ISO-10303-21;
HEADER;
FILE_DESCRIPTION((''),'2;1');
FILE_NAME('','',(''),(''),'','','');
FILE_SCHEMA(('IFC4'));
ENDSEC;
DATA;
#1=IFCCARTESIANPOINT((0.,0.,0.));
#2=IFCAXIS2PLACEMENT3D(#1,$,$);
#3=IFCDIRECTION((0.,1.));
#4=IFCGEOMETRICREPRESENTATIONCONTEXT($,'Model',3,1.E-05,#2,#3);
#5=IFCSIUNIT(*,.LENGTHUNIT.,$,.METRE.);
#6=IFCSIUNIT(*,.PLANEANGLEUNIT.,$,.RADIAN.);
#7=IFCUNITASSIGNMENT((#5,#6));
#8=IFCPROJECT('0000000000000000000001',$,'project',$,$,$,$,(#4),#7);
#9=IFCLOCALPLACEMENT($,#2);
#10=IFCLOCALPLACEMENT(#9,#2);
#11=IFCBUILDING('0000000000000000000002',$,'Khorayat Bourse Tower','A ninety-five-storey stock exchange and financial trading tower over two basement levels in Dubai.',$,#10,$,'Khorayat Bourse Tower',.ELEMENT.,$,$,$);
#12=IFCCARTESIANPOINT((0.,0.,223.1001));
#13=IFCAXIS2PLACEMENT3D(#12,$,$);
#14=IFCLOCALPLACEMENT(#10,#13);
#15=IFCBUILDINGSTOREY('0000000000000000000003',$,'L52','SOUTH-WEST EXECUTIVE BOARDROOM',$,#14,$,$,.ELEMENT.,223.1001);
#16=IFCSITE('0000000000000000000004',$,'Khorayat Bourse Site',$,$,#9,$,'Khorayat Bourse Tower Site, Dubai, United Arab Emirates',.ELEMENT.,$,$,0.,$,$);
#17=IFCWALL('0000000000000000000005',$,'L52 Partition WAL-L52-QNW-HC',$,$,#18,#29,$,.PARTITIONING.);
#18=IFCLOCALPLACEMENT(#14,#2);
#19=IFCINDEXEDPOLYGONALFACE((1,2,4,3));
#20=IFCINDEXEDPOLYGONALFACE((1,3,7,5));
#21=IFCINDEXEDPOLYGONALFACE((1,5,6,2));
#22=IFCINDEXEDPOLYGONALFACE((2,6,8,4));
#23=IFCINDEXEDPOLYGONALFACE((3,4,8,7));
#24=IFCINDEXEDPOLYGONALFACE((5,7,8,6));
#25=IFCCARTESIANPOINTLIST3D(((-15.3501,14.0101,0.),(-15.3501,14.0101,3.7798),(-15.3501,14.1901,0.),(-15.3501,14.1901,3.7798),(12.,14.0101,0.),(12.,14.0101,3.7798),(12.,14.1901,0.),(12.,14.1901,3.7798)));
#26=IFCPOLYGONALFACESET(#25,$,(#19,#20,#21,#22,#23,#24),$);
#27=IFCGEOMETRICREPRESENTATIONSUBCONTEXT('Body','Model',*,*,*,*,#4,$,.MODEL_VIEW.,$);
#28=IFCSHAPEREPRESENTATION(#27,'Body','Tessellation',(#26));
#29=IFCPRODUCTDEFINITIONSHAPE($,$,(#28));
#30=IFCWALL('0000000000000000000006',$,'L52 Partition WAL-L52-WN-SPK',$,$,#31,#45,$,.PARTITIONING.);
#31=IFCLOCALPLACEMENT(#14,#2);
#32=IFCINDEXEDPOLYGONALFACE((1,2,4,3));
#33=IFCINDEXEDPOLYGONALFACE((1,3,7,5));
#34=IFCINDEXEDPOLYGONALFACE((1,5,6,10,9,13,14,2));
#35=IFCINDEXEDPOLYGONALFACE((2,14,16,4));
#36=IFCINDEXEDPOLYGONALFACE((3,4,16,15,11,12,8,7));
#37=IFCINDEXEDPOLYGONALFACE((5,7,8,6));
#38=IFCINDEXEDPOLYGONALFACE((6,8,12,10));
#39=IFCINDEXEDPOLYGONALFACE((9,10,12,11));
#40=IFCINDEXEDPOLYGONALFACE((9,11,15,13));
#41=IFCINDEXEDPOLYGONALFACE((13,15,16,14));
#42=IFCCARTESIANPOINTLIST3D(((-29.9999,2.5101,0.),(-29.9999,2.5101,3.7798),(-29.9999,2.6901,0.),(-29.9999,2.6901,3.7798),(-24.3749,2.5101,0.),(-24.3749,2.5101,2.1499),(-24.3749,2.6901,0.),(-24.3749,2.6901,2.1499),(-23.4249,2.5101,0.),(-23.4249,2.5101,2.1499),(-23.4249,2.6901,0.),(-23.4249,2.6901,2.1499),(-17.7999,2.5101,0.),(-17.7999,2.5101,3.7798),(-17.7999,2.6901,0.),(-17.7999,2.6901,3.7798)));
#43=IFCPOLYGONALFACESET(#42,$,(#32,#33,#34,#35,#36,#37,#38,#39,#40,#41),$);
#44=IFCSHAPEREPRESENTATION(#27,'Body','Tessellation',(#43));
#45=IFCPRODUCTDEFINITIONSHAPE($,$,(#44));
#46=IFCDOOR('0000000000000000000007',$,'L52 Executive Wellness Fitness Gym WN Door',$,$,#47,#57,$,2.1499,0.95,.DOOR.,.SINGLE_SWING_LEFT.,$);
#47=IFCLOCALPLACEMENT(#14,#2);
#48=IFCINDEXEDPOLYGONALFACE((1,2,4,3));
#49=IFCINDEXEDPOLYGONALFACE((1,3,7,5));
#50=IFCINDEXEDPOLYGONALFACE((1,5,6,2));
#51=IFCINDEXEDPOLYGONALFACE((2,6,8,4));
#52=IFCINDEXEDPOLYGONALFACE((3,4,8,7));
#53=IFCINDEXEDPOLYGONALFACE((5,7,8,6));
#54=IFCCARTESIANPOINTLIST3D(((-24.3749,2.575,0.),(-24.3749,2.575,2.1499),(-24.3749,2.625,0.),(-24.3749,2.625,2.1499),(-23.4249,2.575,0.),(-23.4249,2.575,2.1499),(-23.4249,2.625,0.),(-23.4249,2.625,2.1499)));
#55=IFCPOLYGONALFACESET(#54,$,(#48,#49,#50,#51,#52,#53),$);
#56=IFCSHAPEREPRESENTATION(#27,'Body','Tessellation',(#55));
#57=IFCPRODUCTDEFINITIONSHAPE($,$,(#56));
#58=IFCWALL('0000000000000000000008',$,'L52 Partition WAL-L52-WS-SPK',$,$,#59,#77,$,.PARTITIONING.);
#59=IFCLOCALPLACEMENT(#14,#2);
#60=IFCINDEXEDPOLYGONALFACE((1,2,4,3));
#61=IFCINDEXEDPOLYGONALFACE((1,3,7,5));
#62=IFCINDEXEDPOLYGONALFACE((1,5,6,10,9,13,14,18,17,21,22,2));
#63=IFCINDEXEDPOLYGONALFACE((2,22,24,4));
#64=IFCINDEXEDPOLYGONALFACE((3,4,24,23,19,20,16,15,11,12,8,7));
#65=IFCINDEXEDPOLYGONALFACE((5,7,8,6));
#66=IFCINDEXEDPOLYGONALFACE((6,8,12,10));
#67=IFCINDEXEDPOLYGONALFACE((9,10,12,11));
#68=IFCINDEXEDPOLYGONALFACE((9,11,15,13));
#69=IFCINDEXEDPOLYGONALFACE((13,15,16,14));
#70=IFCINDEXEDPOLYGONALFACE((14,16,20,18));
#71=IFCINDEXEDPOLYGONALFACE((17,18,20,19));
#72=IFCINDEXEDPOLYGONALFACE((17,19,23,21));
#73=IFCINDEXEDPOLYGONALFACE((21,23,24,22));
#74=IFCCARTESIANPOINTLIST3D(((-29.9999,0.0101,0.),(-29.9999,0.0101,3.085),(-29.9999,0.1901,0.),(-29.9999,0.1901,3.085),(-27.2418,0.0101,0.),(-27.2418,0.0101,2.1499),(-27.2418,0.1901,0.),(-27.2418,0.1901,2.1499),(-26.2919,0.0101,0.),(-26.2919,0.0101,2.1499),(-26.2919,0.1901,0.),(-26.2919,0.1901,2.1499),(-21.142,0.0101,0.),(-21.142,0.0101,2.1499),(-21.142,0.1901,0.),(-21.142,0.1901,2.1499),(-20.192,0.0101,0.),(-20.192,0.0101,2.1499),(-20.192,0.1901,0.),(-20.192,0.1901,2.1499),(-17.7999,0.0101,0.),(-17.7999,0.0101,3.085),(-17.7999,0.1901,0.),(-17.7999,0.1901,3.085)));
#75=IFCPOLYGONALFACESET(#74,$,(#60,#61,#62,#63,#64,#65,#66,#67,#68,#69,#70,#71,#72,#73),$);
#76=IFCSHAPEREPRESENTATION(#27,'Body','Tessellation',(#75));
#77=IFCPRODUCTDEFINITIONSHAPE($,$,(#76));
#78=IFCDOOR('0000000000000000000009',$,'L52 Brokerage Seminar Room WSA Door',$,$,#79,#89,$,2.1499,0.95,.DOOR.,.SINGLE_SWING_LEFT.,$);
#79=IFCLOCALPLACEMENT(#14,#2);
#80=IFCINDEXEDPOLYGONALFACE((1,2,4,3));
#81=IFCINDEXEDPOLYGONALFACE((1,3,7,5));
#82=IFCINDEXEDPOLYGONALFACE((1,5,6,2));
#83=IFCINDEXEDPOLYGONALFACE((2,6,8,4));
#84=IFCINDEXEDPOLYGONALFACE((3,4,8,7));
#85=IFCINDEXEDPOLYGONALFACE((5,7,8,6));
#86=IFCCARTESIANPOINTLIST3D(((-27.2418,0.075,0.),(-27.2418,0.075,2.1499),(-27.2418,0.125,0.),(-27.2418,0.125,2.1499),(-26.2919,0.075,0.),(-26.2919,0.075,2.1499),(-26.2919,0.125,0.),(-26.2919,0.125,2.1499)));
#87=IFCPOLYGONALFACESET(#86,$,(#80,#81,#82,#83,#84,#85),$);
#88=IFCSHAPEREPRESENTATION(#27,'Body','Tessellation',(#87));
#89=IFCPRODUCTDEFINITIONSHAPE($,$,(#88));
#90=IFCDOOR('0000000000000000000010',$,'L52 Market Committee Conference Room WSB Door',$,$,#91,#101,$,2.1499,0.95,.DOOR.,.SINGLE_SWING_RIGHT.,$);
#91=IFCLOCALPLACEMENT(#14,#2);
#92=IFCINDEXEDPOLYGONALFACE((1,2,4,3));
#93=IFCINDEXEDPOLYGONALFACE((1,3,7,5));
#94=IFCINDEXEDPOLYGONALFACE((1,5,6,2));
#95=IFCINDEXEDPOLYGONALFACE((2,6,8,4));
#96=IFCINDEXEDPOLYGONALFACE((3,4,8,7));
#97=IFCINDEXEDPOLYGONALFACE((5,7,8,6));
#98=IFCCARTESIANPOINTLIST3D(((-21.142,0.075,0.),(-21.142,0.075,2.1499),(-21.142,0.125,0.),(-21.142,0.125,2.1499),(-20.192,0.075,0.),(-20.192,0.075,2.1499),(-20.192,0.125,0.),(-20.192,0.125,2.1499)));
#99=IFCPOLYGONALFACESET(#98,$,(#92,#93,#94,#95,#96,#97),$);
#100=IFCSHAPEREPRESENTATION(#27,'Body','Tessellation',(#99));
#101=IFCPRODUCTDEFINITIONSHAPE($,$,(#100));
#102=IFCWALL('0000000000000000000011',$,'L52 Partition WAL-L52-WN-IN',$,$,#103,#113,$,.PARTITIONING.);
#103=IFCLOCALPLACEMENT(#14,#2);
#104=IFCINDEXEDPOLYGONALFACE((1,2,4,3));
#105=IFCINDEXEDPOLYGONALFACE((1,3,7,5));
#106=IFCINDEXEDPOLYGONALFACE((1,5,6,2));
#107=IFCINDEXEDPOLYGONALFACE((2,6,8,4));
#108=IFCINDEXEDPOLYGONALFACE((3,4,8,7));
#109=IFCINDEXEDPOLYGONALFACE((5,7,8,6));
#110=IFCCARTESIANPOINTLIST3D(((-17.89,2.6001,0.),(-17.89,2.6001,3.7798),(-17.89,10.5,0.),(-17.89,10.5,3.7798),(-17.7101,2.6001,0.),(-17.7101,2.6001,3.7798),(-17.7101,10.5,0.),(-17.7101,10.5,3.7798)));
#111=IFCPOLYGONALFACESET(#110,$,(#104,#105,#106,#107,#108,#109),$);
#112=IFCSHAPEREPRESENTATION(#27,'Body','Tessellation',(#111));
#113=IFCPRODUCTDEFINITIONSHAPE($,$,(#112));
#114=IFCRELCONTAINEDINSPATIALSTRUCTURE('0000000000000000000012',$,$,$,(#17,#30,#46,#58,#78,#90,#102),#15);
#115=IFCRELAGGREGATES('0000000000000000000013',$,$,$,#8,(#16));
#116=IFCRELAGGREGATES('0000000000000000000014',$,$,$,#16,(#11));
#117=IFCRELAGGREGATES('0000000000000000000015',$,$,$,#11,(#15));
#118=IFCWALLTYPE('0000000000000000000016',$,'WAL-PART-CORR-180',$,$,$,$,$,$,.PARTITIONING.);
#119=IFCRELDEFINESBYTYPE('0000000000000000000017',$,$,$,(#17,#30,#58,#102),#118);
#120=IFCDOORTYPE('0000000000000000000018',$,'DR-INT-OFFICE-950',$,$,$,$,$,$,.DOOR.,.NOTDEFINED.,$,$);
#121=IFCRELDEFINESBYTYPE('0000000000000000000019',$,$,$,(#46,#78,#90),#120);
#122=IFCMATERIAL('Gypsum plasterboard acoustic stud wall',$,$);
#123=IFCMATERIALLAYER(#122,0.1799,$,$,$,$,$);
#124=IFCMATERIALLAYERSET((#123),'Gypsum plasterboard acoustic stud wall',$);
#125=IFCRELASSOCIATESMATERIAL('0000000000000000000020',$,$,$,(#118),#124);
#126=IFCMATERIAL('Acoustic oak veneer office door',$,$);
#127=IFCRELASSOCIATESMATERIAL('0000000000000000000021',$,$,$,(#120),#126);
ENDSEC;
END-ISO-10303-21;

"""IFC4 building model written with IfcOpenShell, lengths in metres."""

from ifc_helpers import new_model, si_unit, direction, frame, frame_2d, origin, place, context, subcontext, project, spatial, rectangle, extrude, source, transform, mapped, material, layer, layer_set, type_object, element, fill, save


model = new_model("IFC4")

# Units and contexts
model_context = context("Model", 3, precision=1e-05, world=origin(), true_north=direction((0.0, 1.0)))
body_context = subcontext(model_context, "Body", "Model", "MODEL_VIEW")
ifc_project = project(units=[si_unit("LENGTHUNIT", "METRE"), si_unit("PLANEANGLEUNIT", "RADIAN")], contexts=[model_context])

# Site, building, storey
site_placement = place(None, origin())
site = spatial("IfcSite", under=ifc_project, at=site_placement, Name="Khorayat Bourse Site", LongName="Khorayat Bourse Tower Site, Dubai, United Arab Emirates", CompositionType="ELEMENT", RefElevation=0.0)
building_placement = place(site_placement, origin())
building = spatial("IfcBuilding", under=site, at=building_placement, Name="Khorayat Bourse Tower", Description="A ninety-five-storey stock exchange and financial trading tower over two basement levels in Dubai.", LongName="Khorayat Bourse Tower", CompositionType="ELEMENT")
storey_placement = place(building_placement, frame((0.0, 0.0, 223.1001)))
storey = spatial("IfcBuildingStorey", under=building, at=storey_placement, Name="L52", Description="SOUTH-WEST EXECUTIVE BOARDROOM", CompositionType="ELEMENT", Elevation=223.1001)

# Wall
ifc_material_1 = material(Name="Gypsum plasterboard acoustic stud wall")
ifc_layer_1 = layer(ifc_material_1, 0.1799)
ifc_layer_set_1 = layer_set([ifc_layer_1], Name="Gypsum plasterboard acoustic stud wall")
wall_type = type_object("IfcWallType", Name="WAL-PART-CORR-180", PredefinedType="PARTITIONING", material=ifc_layer_set_1)
shared_shape_1 = source(origin(), body_context, "Body", "SweptSolid", [
    extrude(rectangle(XDim=27.3501, YDim=0.1799, at=frame_2d((13.675, 0.0))), origin(), (0.0, 0.0, 1.0), 3.7798),
])
wall_1_placement = place(storey_placement, frame((-15.3501, 14.1001, 0.0), z_axis=(0.0, 0.0, 1.0), x_axis=(1.0, 0.0, 0.0)))
element("IfcWall", 1, at=wall_1_placement, inside=storey, type_object=wall_type, Name="L52 Partition WAL-L52-QNW-HC", PredefinedType="PARTITIONING", context=body_context, shape_type="MappedRepresentation", body=[
    mapped(shared_shape_1, transform((0.0, 0.0, 0.0), scale=1.0)),
])

# Wall, opening, door
shared_shape_2 = source(origin(), body_context, "Body", "SweptSolid", [
    extrude(rectangle(XDim=12.2, YDim=0.1799, at=frame_2d((6.1001, 0.0))), origin(), (0.0, 0.0, 1.0), 3.7798),
])
wall_2_placement = place(storey_placement, frame((-30.0, 2.6001, 0.0), z_axis=(0.0, 0.0, 1.0), x_axis=(1.0, 0.0, 0.0)))
wall_2 = element("IfcWall", 2, at=wall_2_placement, inside=storey, type_object=wall_type, Name="L52 Partition WAL-L52-WN-SPK", PredefinedType="PARTITIONING", context=body_context, shape_type="MappedRepresentation", body=[
    mapped(shared_shape_2, transform((0.0, 0.0, 0.0), scale=1.0)),
])
shared_shape_3 = source(origin(), body_context, "Body", "SweptSolid", [
    extrude(rectangle(XDim=0.95, YDim=2.1499, at=frame_2d((0.4751, 1.075))), frame((0.0, 0.0999, 0.0), z_axis=(0.0, -1.0, 0.0), x_axis=(1.0, 0.0, 0.0)), (0.0, 0.0, 1.0), 0.2),
])
opening_1_placement = place(wall_2_placement, frame((5.625, 0.0, 0.0)))
opening_1 = element("IfcOpeningElement", 3, at=opening_1_placement, cuts=wall_2, PredefinedType="OPENING", context=body_context, shape_type="MappedRepresentation", body=[
    mapped(shared_shape_3, transform((0.0, 0.0, 0.0), scale=1.0)),
])
ifc_material_2 = material(Name="Acoustic oak veneer office door")
door_type = type_object("IfcDoorType", Name="DR-INT-OFFICE-950", OperationType="NOTDEFINED", PredefinedType="DOOR", material=ifc_material_2)
shared_shape_4 = source(origin(), body_context, "Body", "SweptSolid", [
    extrude(rectangle(XDim=0.95, YDim=2.1499, at=frame_2d((0.4751, 1.075))), frame((0.0, 0.0249, 0.0), z_axis=(0.0, -1.0, 0.0), x_axis=(1.0, 0.0, 0.0)), (0.0, 0.0, 1.0), 0.05),
])
door_1_placement = place(opening_1_placement, origin())
door_1 = element("IfcDoor", 4, at=door_1_placement, inside=storey, type_object=door_type, Name="L52 Executive Wellness Fitness Gym WN Door", OperationType="SINGLE_SWING_LEFT", OverallHeight=2.1499, OverallWidth=0.95, PredefinedType="DOOR", context=body_context, shape_type="MappedRepresentation", body=[
    mapped(shared_shape_4, transform((0.0, 0.0, 0.0), scale=1.0)),
])
fill(opening_1, door_1)

# Wall, openings, doors
shared_shape_5 = source(origin(), body_context, "Body", "SweptSolid", [
    extrude(rectangle(XDim=12.2, YDim=0.1799, at=frame_2d((6.1001, 0.0))), origin(), (0.0, 0.0, 1.0), 3.085),
])
wall_3_placement = place(storey_placement, frame((-30.0, 0.1001, 0.0), z_axis=(0.0, 0.0, 1.0), x_axis=(1.0, 0.0, 0.0)))
wall_3 = element("IfcWall", 5, at=wall_3_placement, inside=storey, type_object=wall_type, Name="L52 Partition WAL-L52-WS-SPK", PredefinedType="PARTITIONING", context=body_context, shape_type="MappedRepresentation", body=[
    mapped(shared_shape_5, transform((0.0, 0.0, 0.0), scale=1.0)),
])
opening_2_placement = place(wall_3_placement, frame((2.7581, 0.0, 0.0)))
opening_2 = element("IfcOpeningElement", 6, at=opening_2_placement, cuts=wall_3, PredefinedType="OPENING", context=body_context, shape_type="MappedRepresentation", body=[
    mapped(shared_shape_3, transform((0.0, 0.0, 0.0), scale=1.0)),
])
opening_3_placement = place(wall_3_placement, frame((8.8579, 0.0, 0.0)))
opening_3 = element("IfcOpeningElement", 7, at=opening_3_placement, cuts=wall_3, PredefinedType="OPENING", context=body_context, shape_type="MappedRepresentation", body=[
    mapped(shared_shape_3, transform((0.0, 0.0, 0.0), scale=1.0)),
])
door_2_placement = place(opening_2_placement, origin())
door_2 = element("IfcDoor", 8, at=door_2_placement, inside=storey, type_object=door_type, Name="L52 Brokerage Seminar Room WSA Door", OperationType="SINGLE_SWING_LEFT", OverallHeight=2.1499, OverallWidth=0.95, PredefinedType="DOOR", context=body_context, shape_type="MappedRepresentation", body=[
    mapped(shared_shape_4, transform((0.0, 0.0, 0.0), scale=1.0)),
])
fill(opening_2, door_2)
door_3_placement = place(opening_3_placement, origin())
door_3 = element("IfcDoor", 9, at=door_3_placement, inside=storey, type_object=door_type, Name="L52 Market Committee Conference Room WSB Door", OperationType="SINGLE_SWING_RIGHT", OverallHeight=2.1499, OverallWidth=0.95, PredefinedType="DOOR", context=body_context, shape_type="MappedRepresentation", body=[
    mapped(shared_shape_4, transform((0.0, 0.0, 0.0), scale=1.0)),
])
fill(opening_3, door_3)

# Wall
shared_shape_6 = source(origin(), body_context, "Body", "SweptSolid", [
    extrude(rectangle(XDim=7.8999, YDim=0.1799, at=frame_2d((3.95, 0.0))), origin(), (0.0, 0.0, 1.0), 3.7798),
])
wall_4_placement = place(storey_placement, frame((-17.8, 2.6001, 0.0), z_axis=(0.0, 0.0, 1.0), x_axis=(0.0, 1.0, 0.0)))
element("IfcWall", 10, at=wall_4_placement, inside=storey, type_object=wall_type, Name="L52 Partition WAL-L52-WN-IN", PredefinedType="PARTITIONING", context=body_context, shape_type="MappedRepresentation", body=[
    mapped(shared_shape_6, transform((0.0, 0.0, 0.0), scale=1.0)),
])

save(model, "model.ifc")
